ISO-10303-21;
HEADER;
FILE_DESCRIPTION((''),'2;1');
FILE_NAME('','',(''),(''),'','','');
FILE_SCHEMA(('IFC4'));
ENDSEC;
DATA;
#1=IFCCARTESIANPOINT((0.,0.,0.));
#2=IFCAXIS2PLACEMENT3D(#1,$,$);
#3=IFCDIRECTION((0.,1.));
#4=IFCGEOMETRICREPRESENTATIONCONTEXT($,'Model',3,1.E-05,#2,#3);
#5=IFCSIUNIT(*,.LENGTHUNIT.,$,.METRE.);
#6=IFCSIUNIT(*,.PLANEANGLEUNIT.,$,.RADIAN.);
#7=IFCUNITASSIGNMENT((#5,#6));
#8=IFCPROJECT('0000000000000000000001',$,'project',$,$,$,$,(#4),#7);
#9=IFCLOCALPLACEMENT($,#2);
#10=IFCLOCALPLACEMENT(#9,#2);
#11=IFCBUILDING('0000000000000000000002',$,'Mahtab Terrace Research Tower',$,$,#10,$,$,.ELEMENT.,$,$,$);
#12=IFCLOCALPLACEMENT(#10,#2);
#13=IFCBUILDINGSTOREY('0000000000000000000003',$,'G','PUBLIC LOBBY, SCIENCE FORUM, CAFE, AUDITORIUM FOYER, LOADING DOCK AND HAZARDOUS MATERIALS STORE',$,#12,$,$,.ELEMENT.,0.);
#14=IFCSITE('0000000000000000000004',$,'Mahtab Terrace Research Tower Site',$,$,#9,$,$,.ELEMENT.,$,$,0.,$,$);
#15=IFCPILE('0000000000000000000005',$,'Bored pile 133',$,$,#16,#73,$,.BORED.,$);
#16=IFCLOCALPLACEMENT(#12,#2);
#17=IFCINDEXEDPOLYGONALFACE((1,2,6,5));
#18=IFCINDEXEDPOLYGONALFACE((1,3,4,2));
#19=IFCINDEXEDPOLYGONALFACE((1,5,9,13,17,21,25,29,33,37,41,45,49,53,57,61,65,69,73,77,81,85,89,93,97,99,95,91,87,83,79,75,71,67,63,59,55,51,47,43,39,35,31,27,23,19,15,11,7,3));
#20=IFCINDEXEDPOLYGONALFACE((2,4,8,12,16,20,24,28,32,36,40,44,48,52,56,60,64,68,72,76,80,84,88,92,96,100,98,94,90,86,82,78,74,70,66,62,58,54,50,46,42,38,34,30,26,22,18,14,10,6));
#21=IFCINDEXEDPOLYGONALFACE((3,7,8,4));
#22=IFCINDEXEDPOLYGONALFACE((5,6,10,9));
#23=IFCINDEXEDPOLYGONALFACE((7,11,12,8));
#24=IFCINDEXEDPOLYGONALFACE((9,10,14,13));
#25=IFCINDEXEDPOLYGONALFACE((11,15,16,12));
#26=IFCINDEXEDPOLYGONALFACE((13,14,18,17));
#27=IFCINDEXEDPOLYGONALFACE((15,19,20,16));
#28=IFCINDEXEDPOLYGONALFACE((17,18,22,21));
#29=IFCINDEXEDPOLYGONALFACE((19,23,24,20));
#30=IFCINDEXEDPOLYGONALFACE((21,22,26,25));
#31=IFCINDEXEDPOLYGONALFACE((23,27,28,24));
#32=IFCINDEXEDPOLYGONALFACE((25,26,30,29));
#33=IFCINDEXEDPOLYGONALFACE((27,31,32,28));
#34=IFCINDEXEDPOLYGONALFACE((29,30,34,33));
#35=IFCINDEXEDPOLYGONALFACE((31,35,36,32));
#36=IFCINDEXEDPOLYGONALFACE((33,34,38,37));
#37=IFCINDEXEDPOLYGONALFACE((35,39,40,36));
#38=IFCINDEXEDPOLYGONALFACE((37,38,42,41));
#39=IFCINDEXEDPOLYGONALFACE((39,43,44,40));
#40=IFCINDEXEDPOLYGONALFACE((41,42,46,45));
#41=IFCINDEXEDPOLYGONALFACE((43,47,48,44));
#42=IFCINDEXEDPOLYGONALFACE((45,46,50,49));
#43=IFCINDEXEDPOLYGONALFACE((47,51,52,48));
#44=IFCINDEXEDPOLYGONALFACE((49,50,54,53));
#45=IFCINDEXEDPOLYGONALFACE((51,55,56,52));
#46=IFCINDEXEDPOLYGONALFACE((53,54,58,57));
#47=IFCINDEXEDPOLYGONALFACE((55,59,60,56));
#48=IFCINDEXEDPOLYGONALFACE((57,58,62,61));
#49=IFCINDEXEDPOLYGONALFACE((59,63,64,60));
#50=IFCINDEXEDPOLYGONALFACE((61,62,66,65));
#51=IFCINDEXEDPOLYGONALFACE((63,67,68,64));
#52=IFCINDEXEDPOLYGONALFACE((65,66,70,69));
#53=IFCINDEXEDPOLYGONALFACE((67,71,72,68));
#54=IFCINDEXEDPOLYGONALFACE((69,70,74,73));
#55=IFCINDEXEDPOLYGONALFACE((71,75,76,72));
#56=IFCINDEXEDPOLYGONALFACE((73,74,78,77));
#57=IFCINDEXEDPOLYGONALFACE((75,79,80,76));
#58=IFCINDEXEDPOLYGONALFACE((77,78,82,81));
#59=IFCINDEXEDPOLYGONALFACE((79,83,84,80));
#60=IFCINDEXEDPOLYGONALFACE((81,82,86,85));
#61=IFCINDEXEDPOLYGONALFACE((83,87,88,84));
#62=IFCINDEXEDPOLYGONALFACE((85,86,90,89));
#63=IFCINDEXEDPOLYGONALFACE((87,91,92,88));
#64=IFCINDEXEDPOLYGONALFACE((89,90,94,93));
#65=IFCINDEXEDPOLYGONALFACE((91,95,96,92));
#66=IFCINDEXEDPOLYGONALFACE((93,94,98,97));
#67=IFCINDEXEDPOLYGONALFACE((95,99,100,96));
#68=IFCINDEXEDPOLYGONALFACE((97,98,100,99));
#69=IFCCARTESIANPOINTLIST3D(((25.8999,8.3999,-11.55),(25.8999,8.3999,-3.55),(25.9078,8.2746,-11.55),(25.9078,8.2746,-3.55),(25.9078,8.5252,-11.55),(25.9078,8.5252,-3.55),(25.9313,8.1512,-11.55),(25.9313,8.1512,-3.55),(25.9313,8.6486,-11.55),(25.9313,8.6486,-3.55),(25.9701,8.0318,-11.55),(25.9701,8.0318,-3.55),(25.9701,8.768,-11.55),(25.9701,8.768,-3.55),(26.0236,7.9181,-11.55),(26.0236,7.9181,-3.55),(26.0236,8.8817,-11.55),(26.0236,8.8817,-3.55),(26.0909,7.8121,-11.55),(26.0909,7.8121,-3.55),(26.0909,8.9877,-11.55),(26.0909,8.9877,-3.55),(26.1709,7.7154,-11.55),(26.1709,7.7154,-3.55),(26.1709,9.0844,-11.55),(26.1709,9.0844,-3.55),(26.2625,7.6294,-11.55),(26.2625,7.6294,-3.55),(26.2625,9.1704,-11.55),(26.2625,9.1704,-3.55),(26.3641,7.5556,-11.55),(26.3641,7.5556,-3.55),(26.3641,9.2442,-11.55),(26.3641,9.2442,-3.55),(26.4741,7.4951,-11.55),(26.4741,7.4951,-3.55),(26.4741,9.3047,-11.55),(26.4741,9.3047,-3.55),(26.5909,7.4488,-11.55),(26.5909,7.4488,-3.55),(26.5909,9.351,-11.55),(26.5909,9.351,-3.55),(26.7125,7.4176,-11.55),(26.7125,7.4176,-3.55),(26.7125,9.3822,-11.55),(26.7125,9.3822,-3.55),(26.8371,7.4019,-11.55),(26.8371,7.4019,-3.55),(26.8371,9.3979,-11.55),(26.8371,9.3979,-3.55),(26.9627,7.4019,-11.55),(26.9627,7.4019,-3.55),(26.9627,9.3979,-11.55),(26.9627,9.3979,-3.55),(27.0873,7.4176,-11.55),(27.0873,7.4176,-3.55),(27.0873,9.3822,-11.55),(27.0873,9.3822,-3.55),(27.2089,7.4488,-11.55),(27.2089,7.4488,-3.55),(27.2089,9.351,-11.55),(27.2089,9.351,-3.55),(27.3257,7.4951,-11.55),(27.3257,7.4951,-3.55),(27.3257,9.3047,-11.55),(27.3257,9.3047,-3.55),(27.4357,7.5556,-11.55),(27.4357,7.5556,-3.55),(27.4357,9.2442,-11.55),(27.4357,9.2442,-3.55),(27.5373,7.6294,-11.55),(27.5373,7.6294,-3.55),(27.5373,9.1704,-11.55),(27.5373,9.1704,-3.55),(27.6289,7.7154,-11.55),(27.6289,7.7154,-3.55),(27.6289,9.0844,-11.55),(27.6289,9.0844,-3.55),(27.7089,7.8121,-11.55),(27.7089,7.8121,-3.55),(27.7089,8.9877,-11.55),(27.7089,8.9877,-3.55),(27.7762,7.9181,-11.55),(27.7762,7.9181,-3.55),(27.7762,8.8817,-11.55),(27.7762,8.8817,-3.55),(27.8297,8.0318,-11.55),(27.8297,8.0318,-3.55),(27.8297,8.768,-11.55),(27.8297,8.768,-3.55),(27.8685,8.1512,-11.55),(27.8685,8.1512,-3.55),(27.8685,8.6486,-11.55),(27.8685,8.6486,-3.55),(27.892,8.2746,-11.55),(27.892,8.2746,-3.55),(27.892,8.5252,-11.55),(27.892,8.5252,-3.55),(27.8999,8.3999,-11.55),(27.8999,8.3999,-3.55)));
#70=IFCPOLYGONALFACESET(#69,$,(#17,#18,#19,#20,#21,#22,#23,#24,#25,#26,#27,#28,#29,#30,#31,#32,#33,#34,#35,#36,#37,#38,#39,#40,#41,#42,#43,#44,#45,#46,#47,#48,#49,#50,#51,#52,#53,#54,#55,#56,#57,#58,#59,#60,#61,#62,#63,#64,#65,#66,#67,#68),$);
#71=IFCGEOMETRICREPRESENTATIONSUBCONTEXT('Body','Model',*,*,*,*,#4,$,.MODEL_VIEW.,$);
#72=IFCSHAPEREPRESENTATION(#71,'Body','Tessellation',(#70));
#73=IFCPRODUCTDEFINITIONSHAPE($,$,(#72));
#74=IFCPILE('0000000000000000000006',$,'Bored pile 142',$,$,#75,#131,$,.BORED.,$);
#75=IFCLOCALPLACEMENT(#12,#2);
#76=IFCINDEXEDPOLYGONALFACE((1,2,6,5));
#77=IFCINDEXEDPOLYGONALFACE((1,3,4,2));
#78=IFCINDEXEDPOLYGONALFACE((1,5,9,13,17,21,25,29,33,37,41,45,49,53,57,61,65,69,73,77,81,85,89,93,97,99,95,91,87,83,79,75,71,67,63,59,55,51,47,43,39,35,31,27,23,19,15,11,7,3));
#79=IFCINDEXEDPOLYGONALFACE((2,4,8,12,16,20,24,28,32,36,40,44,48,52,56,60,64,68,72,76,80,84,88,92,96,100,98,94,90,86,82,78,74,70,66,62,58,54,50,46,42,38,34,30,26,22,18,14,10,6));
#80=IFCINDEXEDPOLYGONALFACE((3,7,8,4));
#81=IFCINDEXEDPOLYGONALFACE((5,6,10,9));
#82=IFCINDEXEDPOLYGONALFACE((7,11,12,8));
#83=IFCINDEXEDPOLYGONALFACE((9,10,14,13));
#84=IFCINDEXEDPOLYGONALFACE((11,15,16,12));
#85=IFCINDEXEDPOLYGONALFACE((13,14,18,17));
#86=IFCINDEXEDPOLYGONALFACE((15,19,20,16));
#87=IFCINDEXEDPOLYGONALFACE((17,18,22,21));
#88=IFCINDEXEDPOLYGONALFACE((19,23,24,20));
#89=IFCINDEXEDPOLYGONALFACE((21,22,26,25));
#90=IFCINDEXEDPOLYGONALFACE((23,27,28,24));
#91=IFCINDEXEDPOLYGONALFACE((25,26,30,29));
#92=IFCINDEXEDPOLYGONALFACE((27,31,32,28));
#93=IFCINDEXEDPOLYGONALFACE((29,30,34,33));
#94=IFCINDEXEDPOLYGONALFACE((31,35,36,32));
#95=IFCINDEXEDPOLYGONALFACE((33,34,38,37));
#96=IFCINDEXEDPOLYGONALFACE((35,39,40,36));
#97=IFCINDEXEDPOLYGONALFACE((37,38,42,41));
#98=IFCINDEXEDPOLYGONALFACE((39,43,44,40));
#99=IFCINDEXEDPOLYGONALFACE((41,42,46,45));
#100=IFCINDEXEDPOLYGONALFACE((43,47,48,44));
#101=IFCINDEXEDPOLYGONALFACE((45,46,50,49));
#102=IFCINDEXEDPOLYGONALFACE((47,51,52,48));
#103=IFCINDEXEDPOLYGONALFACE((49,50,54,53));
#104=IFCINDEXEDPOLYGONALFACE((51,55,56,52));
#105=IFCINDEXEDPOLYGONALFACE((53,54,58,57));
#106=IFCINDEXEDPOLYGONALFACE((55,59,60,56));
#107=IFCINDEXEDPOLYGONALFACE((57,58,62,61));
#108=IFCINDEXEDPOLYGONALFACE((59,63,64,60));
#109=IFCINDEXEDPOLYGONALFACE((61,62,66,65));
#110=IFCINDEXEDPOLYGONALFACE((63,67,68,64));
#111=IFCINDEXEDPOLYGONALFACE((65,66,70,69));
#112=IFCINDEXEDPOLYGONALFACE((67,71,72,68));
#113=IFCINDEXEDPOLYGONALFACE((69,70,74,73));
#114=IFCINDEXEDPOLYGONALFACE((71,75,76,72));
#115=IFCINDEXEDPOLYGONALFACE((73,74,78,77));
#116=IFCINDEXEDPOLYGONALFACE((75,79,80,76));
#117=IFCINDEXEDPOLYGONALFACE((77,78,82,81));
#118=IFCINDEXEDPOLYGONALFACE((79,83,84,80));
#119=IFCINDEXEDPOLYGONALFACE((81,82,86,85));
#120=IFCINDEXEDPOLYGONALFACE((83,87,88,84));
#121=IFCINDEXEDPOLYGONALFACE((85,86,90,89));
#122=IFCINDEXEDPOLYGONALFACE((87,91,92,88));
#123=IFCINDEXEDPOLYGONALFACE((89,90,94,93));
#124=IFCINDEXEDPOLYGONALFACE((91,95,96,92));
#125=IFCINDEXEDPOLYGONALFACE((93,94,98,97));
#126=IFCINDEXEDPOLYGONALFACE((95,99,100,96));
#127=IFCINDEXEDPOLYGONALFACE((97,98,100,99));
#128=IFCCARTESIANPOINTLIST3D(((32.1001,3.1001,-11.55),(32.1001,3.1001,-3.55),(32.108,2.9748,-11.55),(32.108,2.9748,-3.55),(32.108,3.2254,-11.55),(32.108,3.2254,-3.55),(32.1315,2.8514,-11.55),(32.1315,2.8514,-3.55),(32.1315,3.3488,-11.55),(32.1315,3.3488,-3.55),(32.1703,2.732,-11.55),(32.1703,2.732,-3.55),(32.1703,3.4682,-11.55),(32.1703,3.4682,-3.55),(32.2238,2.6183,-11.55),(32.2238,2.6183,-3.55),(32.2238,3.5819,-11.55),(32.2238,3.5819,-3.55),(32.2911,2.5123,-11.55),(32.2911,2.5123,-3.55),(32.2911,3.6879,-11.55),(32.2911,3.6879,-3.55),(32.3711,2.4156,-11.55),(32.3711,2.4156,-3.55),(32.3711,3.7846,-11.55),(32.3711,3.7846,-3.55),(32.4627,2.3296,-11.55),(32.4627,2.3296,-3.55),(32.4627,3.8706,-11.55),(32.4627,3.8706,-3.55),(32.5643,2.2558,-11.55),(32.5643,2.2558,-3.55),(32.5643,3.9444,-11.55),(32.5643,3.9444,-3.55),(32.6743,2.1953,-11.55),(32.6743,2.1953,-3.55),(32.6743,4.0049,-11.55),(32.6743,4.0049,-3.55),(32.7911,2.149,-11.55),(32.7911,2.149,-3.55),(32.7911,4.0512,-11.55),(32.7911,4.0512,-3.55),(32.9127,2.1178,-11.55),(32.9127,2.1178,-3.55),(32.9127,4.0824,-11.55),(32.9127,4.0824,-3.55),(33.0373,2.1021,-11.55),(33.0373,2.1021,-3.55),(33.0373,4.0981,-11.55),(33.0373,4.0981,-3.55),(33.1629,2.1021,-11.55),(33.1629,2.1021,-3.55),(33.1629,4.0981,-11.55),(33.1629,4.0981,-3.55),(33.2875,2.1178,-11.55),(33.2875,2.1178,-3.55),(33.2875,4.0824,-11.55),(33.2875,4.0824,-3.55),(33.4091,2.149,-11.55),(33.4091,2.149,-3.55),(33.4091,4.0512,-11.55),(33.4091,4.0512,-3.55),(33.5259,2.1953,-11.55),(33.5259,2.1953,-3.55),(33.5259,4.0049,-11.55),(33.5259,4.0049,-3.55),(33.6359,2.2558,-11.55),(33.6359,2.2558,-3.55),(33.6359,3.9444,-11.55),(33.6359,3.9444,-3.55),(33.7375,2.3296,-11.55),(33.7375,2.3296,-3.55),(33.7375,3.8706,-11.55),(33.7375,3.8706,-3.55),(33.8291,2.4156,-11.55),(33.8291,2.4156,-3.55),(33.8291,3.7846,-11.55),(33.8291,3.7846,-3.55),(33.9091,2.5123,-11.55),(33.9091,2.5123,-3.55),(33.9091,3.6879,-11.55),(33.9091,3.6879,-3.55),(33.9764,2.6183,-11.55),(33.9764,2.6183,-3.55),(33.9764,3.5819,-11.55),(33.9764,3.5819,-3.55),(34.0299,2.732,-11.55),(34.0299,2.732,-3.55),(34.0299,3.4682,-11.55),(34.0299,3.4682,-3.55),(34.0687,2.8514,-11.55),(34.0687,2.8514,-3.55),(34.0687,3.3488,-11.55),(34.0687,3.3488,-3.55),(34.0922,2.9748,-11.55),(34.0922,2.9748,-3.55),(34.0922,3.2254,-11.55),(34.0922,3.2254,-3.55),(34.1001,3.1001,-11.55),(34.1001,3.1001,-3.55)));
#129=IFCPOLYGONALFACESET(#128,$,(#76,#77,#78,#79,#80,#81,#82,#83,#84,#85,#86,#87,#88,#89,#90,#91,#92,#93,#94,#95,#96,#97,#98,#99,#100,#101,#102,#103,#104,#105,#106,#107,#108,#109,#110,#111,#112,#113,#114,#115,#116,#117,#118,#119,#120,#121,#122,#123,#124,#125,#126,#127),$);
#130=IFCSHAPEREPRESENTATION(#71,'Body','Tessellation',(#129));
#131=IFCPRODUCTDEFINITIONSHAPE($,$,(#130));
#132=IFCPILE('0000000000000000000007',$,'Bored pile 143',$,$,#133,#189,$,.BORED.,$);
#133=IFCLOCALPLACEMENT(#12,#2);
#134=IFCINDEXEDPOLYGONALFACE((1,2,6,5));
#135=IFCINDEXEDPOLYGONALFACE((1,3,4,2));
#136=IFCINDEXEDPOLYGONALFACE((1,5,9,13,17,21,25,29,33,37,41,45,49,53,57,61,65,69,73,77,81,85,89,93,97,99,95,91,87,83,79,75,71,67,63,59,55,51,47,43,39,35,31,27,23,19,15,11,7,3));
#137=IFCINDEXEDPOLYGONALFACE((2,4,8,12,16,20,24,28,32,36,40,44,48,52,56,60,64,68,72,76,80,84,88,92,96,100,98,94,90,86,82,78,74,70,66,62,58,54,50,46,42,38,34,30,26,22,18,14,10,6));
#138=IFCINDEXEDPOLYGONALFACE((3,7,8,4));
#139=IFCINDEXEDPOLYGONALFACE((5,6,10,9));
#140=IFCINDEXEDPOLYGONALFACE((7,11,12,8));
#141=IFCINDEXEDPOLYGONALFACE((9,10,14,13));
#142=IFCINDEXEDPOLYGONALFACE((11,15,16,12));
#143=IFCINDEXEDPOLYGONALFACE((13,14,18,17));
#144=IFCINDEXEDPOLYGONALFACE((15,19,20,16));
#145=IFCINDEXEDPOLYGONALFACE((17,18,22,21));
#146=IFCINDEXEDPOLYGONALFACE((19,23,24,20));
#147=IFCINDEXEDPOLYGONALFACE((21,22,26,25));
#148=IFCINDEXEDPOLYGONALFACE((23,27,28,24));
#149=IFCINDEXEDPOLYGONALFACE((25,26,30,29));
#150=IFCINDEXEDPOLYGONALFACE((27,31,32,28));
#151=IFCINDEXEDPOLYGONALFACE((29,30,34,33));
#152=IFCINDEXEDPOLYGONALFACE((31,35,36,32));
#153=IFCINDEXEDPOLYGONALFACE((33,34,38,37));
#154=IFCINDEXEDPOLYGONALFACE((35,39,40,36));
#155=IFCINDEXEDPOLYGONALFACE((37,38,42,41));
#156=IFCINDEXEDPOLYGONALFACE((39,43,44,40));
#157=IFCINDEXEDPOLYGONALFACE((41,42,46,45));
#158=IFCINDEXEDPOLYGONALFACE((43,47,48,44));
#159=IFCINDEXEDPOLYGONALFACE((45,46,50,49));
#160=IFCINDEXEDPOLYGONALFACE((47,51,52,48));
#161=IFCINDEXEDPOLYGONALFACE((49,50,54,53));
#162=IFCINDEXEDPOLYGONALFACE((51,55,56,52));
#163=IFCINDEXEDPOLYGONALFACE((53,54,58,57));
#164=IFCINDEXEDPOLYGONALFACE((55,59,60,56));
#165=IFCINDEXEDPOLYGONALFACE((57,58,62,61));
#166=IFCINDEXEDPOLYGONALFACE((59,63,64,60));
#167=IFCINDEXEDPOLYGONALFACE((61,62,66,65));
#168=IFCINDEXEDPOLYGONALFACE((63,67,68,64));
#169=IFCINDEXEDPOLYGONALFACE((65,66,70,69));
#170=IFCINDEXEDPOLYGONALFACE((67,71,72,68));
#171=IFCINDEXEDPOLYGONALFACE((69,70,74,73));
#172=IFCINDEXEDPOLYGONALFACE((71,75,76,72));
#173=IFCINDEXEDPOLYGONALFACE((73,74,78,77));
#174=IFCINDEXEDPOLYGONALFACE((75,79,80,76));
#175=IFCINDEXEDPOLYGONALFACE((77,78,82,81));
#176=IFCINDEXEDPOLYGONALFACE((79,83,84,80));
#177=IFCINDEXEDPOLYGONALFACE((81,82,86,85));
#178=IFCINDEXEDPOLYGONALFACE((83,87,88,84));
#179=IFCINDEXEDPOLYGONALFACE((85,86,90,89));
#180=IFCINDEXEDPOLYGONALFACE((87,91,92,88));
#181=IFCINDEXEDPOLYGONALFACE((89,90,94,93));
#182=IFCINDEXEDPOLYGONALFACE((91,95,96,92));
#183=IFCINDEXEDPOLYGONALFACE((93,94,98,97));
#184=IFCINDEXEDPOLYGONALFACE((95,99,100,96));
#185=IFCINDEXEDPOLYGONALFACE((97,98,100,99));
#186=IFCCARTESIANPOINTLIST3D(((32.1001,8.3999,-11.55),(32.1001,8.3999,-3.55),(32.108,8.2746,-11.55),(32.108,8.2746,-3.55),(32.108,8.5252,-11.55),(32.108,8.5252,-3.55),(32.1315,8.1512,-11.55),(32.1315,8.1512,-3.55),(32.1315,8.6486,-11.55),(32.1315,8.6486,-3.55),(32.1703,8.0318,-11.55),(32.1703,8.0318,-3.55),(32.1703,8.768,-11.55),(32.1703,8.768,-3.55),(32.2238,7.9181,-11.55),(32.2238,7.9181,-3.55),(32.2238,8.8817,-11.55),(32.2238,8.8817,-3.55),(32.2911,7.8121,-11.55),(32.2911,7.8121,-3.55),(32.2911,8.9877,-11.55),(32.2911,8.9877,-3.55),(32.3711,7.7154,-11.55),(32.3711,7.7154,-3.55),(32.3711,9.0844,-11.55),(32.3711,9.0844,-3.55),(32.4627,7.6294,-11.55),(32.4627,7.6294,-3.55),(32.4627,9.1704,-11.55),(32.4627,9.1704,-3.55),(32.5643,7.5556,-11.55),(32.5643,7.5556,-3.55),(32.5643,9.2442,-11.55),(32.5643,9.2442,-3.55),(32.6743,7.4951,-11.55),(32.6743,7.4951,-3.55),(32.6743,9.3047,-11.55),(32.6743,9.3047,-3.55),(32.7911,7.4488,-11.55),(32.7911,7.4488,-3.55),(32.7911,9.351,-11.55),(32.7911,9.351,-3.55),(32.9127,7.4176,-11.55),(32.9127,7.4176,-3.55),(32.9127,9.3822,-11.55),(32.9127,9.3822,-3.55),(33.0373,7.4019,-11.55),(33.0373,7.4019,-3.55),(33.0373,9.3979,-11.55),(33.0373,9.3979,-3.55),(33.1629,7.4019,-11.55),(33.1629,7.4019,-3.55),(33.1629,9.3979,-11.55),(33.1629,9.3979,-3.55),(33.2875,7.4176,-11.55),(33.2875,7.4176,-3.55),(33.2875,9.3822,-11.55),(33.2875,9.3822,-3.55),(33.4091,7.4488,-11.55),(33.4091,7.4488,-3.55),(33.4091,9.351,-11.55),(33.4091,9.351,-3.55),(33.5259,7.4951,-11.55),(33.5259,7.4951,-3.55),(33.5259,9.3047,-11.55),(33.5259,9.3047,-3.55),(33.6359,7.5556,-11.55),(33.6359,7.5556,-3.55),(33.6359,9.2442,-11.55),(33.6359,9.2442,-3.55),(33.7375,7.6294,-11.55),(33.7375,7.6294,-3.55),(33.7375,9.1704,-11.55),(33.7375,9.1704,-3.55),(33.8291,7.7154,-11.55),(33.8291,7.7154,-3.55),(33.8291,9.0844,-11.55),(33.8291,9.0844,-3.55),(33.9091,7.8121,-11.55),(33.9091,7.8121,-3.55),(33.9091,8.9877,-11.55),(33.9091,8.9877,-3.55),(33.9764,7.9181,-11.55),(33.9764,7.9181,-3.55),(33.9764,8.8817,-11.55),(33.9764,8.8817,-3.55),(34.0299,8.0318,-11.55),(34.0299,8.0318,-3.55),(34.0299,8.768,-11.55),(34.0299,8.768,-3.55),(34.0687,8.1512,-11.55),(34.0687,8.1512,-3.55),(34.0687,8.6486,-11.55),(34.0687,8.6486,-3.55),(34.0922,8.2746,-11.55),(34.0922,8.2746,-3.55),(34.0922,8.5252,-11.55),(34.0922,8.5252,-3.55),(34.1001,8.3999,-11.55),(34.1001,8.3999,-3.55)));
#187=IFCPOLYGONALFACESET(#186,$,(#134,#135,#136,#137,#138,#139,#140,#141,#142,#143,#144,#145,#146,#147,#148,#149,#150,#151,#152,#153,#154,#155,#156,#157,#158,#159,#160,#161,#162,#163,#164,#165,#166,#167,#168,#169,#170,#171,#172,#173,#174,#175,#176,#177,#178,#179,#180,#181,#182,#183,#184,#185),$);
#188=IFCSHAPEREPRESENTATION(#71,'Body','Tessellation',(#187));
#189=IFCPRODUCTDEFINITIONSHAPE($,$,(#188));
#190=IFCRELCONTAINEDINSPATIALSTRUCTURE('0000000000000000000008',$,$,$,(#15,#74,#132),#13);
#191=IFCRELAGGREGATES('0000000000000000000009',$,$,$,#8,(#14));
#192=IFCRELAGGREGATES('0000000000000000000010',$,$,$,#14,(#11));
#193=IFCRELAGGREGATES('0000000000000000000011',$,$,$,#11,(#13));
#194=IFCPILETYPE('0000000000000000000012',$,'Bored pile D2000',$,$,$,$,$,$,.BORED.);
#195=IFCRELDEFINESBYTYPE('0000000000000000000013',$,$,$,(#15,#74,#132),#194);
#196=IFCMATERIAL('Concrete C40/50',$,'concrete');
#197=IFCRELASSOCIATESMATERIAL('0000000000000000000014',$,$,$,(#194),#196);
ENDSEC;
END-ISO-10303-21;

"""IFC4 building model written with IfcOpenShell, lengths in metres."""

from ifc_helpers import new_model, si_unit, direction, frame, origin, origin_2d, place, context, subcontext, project, spatial, circle, extrude, material, material_profile, profile_set, type_object, element, save


model = new_model("IFC4")

# Units and contexts
model_context = context("Model", 3, precision=1e-05, world=origin(), true_north=direction((0.0, 1.0)))
body_context = subcontext(model_context, "Body", "Model", "MODEL_VIEW")
ifc_project = project(units=[si_unit("LENGTHUNIT", "METRE"), si_unit("PLANEANGLEUNIT", "RADIAN")], contexts=[model_context])

# Site, building, storey
site_placement = place(None, origin())
site = spatial("IfcSite", under=ifc_project, at=site_placement, Name="Mahtab Terrace Research Tower Site", CompositionType="ELEMENT", RefElevation=0.0)
building_placement = place(site_placement, origin())
building = spatial("IfcBuilding", under=site, at=building_placement, Name="Mahtab Terrace Research Tower", CompositionType="ELEMENT")
storey_placement = place(building_placement, origin())
storey = spatial("IfcBuildingStorey", under=building, at=storey_placement, Name="G", Description="PUBLIC LOBBY, SCIENCE FORUM, CAFE, AUDITORIUM FOYER, LOADING DOCK AND HAZARDOUS MATERIALS STORE", CompositionType="ELEMENT", Elevation=0.0)

# Piles
ifc_material_1 = material(Name="Concrete C40/50", Category="concrete")
ifc_material_profile_1 = material_profile(ifc_material_1, circle(Radius=1.0, at=origin_2d()), Name="Bored pile D2000")
ifc_profile_set_1 = profile_set([ifc_material_profile_1], Name="Concrete C40/50")
pile_type = type_object("IfcPileType", Name="Bored pile D2000", PredefinedType="BORED", material=ifc_profile_set_1)
for number, where, z_axis, x_axis, name in (
    (1, (26.8999, 8.3999, -3.55), (0.0, 0.0, -1.0), (1.0, 0.0, 0.0), "Bored pile 133"),
    (2, (33.1001, 3.1001, -3.55), (0.0, 0.0, -1.0), (1.0, 0.0, 0.0), "Bored pile 142"),
    (3, (33.1001, 8.3999, -3.55), (0.0, 0.0, -1.0), (1.0, 0.0, 0.0), "Bored pile 143"),
):
    element("IfcPile", number, at=place(storey_placement, frame(where, z_axis=z_axis, x_axis=x_axis)), inside=storey, type_object=pile_type, Name=name, PredefinedType="BORED", context=body_context, shape_type="SweptSolid", body=[
        extrude(circle(Radius=1.0, at=origin_2d()), origin(), (0.0, 0.0, 1.0), 8.0),
    ])

save(model, "model.ifc")
